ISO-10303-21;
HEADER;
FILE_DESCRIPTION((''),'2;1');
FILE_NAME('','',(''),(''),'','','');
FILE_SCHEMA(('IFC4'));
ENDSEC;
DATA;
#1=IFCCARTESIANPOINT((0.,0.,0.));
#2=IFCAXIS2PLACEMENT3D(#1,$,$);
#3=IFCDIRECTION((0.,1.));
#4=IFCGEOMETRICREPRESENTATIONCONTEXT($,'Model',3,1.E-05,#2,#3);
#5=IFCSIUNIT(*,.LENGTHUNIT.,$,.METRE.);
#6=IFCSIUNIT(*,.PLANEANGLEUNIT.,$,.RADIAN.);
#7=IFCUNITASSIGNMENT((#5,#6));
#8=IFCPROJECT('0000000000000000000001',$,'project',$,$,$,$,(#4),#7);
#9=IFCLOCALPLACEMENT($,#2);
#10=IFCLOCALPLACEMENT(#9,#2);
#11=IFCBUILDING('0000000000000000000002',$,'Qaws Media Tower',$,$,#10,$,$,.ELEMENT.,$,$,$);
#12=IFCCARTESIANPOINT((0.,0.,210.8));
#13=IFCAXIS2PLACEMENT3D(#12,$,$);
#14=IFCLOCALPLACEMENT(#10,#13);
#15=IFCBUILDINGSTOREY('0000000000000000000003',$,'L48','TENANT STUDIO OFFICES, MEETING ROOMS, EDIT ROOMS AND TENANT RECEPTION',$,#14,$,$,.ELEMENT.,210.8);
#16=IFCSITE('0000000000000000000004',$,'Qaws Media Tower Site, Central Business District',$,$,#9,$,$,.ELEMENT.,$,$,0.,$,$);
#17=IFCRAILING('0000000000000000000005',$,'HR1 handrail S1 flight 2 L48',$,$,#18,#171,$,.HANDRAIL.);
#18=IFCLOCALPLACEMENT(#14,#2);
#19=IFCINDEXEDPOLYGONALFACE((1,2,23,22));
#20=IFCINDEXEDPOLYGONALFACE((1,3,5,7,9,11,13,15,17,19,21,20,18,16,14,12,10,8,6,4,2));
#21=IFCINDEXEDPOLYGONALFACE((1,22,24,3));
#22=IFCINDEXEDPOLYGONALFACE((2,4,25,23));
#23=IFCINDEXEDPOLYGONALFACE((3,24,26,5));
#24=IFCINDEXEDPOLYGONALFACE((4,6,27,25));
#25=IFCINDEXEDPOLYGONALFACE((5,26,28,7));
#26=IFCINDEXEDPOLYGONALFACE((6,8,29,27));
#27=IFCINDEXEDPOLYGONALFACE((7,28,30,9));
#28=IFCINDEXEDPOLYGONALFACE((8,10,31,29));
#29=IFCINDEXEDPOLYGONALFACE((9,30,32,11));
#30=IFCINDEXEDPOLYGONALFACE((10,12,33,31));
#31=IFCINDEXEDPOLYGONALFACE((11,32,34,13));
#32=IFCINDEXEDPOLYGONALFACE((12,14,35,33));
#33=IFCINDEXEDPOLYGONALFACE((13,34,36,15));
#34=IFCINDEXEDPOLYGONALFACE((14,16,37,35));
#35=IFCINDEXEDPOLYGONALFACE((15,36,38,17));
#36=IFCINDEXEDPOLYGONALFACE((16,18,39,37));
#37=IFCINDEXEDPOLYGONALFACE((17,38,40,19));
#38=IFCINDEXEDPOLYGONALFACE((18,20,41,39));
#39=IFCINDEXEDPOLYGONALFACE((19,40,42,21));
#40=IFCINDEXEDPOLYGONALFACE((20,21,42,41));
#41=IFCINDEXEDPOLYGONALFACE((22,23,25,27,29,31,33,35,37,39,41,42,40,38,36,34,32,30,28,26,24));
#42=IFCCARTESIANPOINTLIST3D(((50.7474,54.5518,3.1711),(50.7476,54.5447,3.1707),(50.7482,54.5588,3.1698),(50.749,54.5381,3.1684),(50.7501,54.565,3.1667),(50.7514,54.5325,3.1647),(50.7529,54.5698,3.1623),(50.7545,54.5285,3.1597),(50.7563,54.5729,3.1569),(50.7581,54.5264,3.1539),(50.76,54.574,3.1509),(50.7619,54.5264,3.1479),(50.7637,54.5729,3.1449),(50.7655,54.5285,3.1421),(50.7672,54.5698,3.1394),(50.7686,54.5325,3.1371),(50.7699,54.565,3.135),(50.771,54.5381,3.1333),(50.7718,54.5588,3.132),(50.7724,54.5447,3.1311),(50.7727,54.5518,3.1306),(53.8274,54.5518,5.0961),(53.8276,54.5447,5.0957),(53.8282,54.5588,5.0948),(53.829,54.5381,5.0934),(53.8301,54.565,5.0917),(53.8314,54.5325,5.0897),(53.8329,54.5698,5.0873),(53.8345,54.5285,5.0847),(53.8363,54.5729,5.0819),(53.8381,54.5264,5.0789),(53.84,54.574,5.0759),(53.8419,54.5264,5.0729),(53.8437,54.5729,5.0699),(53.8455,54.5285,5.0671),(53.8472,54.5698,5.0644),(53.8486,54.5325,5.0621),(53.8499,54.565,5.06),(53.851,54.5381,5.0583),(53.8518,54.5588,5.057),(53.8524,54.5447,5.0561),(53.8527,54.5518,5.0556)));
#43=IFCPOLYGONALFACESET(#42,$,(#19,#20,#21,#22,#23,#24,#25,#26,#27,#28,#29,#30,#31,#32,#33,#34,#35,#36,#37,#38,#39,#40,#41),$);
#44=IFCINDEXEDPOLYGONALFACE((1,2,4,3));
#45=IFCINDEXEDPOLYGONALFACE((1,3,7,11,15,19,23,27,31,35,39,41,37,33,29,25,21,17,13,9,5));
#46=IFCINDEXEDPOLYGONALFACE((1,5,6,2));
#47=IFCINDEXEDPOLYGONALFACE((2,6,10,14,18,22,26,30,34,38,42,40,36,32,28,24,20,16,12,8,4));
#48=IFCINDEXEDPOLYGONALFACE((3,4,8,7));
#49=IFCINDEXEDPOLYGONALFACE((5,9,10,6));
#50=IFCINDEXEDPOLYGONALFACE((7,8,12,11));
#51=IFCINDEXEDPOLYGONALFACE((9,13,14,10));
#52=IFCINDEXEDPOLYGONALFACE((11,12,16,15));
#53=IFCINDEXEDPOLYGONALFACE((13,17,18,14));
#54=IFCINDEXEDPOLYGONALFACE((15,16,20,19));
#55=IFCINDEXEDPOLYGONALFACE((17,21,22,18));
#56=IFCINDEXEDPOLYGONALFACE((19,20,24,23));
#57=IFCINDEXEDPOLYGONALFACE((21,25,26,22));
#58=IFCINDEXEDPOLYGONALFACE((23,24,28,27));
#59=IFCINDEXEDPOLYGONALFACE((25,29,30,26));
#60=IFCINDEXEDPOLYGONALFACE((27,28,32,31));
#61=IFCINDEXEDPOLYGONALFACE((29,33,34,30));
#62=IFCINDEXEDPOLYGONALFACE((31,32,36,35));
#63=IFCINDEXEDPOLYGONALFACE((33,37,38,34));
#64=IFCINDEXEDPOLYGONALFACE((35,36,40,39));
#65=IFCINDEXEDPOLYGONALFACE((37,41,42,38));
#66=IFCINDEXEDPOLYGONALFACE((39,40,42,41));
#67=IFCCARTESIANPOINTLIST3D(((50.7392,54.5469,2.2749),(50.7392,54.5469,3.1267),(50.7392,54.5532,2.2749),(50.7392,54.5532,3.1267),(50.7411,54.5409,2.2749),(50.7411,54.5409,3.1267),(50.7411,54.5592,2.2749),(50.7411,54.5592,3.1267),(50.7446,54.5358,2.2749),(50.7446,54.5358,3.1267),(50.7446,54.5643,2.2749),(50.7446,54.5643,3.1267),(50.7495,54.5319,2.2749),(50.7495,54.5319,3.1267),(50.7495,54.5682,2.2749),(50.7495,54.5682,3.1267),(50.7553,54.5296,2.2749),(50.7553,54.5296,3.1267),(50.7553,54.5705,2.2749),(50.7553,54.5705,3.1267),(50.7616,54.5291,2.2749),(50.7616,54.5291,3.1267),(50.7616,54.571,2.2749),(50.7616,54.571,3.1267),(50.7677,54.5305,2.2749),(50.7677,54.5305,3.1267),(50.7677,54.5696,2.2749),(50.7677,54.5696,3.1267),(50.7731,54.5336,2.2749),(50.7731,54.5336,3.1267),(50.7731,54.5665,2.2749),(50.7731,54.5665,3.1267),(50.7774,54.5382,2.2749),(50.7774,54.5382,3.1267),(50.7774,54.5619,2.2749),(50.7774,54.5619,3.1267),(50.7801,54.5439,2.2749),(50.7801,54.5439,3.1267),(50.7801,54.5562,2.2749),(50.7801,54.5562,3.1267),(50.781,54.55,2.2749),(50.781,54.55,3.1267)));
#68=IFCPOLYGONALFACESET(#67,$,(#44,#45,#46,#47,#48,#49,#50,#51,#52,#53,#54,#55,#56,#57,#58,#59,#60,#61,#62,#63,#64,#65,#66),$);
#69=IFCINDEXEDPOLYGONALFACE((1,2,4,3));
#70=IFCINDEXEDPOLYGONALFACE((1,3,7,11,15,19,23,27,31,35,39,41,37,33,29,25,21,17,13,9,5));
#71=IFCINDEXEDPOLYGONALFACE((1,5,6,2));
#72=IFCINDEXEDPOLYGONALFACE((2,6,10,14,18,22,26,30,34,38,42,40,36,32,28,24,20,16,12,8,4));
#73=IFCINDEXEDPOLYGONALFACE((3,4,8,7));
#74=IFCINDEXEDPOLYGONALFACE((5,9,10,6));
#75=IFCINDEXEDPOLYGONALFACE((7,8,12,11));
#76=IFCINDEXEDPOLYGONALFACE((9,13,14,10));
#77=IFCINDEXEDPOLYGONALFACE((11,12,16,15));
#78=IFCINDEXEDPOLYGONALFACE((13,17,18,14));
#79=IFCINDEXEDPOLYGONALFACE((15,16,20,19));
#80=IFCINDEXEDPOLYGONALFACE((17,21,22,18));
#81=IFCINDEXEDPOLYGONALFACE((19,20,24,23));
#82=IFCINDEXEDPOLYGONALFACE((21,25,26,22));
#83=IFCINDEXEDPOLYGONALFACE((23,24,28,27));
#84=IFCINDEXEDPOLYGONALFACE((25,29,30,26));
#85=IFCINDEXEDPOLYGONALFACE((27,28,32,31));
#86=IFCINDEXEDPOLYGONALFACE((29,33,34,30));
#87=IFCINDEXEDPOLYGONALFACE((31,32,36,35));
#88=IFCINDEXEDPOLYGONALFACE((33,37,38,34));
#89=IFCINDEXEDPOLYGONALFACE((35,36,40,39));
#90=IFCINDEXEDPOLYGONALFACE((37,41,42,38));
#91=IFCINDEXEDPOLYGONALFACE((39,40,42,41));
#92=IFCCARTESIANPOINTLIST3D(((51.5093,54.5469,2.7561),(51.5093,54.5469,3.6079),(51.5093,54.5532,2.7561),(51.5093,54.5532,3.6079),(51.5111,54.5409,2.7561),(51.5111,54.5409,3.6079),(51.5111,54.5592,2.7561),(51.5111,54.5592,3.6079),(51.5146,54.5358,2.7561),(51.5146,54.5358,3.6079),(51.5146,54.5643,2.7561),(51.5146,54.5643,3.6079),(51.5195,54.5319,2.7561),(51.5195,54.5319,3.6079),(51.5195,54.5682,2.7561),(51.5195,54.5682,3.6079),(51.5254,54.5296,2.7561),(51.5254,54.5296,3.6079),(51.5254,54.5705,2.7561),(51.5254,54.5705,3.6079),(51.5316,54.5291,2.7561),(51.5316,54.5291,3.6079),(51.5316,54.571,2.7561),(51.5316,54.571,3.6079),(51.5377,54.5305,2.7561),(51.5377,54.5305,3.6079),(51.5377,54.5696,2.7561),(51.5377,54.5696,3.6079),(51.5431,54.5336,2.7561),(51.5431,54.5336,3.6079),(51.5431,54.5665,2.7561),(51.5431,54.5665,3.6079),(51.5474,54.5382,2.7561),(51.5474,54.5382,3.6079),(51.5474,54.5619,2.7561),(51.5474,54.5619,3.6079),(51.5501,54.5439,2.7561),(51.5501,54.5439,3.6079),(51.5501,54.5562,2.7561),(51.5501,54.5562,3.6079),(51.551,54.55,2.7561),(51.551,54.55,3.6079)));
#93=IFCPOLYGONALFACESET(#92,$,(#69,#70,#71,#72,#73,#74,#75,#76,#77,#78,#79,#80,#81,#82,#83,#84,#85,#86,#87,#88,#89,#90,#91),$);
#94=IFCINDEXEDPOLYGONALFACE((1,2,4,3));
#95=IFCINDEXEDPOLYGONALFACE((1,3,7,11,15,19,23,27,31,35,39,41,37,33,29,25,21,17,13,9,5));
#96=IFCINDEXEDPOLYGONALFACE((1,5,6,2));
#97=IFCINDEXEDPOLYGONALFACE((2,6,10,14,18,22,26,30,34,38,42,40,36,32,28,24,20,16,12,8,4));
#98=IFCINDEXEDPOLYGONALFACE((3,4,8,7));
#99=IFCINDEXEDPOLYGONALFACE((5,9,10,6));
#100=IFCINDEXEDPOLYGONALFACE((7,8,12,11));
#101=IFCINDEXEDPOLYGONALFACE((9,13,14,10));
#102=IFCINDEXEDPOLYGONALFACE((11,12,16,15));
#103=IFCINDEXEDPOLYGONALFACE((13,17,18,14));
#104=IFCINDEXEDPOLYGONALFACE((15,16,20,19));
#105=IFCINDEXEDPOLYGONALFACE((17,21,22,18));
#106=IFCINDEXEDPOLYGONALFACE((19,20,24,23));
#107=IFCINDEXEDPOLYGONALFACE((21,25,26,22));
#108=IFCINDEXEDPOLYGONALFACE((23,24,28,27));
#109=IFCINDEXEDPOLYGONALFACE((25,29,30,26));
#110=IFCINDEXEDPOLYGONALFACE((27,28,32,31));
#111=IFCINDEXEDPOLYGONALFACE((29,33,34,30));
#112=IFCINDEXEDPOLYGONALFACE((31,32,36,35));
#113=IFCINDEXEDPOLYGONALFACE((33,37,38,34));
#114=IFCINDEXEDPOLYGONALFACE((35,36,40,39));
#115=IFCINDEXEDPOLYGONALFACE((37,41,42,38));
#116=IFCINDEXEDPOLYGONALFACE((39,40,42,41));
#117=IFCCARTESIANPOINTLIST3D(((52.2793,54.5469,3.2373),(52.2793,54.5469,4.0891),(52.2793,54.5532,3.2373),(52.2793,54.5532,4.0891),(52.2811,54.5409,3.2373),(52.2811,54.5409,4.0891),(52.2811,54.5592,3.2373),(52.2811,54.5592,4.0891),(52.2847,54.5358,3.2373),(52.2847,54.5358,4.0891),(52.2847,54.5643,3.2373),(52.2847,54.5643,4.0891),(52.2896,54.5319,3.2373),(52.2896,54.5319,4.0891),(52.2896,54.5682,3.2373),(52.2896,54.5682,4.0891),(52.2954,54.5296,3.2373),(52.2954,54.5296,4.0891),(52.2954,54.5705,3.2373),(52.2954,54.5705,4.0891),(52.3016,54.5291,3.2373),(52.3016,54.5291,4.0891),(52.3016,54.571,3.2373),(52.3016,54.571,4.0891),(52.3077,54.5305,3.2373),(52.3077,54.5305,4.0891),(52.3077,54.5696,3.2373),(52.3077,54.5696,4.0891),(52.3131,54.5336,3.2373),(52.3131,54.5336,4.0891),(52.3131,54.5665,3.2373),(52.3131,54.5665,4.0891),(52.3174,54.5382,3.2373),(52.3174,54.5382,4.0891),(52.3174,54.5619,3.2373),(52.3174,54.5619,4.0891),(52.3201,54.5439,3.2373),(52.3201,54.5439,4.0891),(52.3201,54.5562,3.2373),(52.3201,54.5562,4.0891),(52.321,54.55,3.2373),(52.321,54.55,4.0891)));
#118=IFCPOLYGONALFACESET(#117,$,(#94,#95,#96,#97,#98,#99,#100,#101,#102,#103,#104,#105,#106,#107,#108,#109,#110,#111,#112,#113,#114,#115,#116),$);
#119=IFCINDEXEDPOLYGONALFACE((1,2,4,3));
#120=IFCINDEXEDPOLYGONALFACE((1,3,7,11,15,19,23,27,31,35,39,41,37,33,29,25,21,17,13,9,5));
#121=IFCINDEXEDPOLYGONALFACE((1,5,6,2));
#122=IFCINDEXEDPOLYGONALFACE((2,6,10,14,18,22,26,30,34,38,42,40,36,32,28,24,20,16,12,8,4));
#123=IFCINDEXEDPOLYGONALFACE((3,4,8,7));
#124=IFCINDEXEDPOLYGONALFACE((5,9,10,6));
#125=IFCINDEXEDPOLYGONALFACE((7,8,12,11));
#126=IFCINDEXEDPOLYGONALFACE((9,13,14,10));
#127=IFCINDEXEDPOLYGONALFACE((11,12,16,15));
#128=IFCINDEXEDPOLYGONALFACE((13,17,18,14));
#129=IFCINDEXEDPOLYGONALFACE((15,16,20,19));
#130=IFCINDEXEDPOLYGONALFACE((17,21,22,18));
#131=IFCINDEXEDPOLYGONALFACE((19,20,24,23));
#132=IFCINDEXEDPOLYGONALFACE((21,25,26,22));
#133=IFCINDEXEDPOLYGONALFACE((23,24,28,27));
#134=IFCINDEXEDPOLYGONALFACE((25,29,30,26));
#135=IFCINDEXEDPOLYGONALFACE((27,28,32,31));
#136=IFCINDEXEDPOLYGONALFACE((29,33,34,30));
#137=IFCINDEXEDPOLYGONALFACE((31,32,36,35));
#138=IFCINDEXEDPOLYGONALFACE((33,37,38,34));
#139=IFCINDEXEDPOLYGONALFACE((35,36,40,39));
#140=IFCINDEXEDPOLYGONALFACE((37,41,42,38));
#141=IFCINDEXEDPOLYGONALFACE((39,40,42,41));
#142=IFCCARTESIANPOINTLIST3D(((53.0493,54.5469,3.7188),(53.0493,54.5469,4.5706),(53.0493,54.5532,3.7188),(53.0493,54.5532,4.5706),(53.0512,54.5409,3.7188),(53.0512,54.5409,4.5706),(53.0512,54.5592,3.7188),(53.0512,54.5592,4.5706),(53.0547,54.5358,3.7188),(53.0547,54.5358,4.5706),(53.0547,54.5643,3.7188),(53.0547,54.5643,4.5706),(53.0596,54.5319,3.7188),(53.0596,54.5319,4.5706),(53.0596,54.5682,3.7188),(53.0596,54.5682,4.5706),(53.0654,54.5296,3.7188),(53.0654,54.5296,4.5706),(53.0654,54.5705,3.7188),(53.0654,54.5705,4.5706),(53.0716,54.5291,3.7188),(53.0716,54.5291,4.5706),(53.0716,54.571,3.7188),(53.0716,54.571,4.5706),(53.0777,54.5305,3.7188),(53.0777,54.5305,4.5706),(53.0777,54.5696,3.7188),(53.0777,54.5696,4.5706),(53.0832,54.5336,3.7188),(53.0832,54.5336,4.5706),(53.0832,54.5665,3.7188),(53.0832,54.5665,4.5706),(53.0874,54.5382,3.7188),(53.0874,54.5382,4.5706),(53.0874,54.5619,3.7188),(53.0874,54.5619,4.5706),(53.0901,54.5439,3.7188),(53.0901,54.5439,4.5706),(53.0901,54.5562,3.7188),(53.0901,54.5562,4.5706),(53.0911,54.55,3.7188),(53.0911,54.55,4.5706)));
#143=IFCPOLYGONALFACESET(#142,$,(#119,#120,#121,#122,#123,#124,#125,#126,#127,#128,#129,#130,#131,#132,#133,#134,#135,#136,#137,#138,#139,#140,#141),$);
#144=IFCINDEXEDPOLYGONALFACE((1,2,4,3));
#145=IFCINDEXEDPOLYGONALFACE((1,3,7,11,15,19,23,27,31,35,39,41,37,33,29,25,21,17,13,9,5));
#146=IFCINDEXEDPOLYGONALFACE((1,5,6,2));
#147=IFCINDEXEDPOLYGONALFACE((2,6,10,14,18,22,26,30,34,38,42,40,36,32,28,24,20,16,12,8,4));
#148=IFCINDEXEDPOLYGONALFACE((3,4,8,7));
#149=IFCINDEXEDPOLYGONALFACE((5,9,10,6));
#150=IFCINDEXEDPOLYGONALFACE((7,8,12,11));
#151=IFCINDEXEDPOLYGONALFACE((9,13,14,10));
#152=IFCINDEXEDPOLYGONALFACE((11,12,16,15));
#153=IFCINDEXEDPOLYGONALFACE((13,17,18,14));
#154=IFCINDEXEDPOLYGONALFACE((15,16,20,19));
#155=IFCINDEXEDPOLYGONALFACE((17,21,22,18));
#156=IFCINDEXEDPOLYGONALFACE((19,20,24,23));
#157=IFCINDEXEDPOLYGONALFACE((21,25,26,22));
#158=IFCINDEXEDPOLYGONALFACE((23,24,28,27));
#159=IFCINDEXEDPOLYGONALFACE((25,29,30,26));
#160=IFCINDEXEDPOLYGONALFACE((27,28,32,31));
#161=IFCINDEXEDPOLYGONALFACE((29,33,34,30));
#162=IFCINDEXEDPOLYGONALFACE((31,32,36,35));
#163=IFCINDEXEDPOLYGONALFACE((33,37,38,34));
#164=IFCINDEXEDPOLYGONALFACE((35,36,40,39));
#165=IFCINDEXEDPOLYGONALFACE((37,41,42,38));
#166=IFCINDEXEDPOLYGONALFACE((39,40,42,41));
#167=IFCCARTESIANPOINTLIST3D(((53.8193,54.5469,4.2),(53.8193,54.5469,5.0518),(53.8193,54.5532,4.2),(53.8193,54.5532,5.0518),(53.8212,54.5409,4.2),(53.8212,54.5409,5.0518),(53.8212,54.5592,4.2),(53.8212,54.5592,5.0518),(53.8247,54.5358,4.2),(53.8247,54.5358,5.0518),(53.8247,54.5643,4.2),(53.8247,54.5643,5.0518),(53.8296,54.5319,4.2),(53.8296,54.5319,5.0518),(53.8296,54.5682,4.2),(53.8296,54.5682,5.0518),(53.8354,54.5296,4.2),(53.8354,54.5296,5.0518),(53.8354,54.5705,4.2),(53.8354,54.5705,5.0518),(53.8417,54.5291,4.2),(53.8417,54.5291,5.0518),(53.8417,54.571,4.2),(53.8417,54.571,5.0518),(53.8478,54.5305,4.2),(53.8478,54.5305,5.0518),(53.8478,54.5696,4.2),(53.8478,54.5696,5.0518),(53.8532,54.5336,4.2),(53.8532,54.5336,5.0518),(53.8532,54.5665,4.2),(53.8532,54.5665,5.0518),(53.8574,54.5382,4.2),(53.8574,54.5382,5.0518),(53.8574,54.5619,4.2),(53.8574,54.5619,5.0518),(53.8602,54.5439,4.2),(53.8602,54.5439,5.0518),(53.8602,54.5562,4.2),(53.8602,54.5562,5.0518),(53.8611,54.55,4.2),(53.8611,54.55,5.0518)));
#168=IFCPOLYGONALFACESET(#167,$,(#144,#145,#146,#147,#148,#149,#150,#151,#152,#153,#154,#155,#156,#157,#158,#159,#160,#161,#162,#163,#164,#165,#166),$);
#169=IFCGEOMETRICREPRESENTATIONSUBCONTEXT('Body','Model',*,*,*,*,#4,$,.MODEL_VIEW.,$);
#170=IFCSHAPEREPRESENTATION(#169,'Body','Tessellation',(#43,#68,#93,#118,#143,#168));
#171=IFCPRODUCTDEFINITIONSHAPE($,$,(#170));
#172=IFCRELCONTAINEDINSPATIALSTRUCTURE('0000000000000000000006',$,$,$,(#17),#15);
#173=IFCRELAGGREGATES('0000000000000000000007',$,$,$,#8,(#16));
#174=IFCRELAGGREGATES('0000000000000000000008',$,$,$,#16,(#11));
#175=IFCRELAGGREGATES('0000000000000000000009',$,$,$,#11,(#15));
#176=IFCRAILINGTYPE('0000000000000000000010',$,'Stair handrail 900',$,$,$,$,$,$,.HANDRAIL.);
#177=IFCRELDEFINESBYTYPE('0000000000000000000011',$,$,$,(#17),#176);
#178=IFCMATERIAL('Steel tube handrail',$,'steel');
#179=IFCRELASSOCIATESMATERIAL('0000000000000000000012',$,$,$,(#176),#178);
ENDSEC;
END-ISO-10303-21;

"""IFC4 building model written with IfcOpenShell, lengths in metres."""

from ifc_helpers import new_model, si_unit, direction, frame, origin, origin_2d, place, context, subcontext, project, spatial, circle, extrude, material, type_object, element, save


model = new_model("IFC4")

# Units and contexts
model_context = context("Model", 3, precision=1e-05, world=origin(), true_north=direction((0.0, 1.0)))
body_context = subcontext(model_context, "Body", "Model", "MODEL_VIEW")
ifc_project = project(units=[si_unit("LENGTHUNIT", "METRE"), si_unit("PLANEANGLEUNIT", "RADIAN")], contexts=[model_context])

# Site, building, storey
site_placement = place(None, origin())
site = spatial("IfcSite", under=ifc_project, at=site_placement, Name="Qaws Media Tower Site, Central Business District", CompositionType="ELEMENT", RefElevation=0.0)
building_placement = place(site_placement, origin())
building = spatial("IfcBuilding", under=site, at=building_placement, Name="Qaws Media Tower", CompositionType="ELEMENT")
storey_placement = place(building_placement, frame((0.0, 0.0, 210.8)))
storey = spatial("IfcBuildingStorey", under=building, at=storey_placement, Name="L48", Description="TENANT STUDIO OFFICES, MEETING ROOMS, EDIT ROOMS AND TENANT RECEPTION", CompositionType="ELEMENT", Elevation=210.8)

# Railing
ifc_material_1 = material(Name="Steel tube handrail", Category="steel")
railing_type = type_object("IfcRailingType", Name="Stair handrail 900", PredefinedType="HANDRAIL", material=ifc_material_1)
for number, where, name in (
    (1, (50.76, 54.55, 2.2749), "HR1 handrail S1 flight 2 L48"),
):
    element("IfcRailing", number, at=place(storey_placement, frame(where)), inside=storey, type_object=railing_type, Name=name, PredefinedType="HANDRAIL", context=body_context, shape_type="SweptSolid", body=[
        extrude(circle(Radius=0.0239, at=origin_2d()), frame((0.0, 0.0, 0.876), z_axis=(0.847998, 0.0, 0.529999), x_axis=(0.0, 1.0, 0.0)), (0.0, 0.0, 1.0), 3.6321),
        extrude(circle(Radius=0.021, at=origin_2d()), origin(), (0.0, 0.0, 1.0), 0.8518),
        extrude(circle(Radius=0.021, at=origin_2d()), frame((0.77, 0.0, 0.4812)), (0.0, 0.0, 1.0), 0.8518),
        extrude(circle(Radius=0.021, at=origin_2d()), frame((1.54, 0.0, 0.9624)), (0.0, 0.0, 1.0), 0.8518),
        extrude(circle(Radius=0.021, at=origin_2d()), frame((2.3101, 0.0, 1.4438)), (0.0, 0.0, 1.0), 0.8518),
        extrude(circle(Radius=0.021, at=origin_2d()), frame((3.0801, 0.0, 1.925)), (0.0, 0.0, 1.0), 0.8518),
    ])

save(model, "model.ifc")
